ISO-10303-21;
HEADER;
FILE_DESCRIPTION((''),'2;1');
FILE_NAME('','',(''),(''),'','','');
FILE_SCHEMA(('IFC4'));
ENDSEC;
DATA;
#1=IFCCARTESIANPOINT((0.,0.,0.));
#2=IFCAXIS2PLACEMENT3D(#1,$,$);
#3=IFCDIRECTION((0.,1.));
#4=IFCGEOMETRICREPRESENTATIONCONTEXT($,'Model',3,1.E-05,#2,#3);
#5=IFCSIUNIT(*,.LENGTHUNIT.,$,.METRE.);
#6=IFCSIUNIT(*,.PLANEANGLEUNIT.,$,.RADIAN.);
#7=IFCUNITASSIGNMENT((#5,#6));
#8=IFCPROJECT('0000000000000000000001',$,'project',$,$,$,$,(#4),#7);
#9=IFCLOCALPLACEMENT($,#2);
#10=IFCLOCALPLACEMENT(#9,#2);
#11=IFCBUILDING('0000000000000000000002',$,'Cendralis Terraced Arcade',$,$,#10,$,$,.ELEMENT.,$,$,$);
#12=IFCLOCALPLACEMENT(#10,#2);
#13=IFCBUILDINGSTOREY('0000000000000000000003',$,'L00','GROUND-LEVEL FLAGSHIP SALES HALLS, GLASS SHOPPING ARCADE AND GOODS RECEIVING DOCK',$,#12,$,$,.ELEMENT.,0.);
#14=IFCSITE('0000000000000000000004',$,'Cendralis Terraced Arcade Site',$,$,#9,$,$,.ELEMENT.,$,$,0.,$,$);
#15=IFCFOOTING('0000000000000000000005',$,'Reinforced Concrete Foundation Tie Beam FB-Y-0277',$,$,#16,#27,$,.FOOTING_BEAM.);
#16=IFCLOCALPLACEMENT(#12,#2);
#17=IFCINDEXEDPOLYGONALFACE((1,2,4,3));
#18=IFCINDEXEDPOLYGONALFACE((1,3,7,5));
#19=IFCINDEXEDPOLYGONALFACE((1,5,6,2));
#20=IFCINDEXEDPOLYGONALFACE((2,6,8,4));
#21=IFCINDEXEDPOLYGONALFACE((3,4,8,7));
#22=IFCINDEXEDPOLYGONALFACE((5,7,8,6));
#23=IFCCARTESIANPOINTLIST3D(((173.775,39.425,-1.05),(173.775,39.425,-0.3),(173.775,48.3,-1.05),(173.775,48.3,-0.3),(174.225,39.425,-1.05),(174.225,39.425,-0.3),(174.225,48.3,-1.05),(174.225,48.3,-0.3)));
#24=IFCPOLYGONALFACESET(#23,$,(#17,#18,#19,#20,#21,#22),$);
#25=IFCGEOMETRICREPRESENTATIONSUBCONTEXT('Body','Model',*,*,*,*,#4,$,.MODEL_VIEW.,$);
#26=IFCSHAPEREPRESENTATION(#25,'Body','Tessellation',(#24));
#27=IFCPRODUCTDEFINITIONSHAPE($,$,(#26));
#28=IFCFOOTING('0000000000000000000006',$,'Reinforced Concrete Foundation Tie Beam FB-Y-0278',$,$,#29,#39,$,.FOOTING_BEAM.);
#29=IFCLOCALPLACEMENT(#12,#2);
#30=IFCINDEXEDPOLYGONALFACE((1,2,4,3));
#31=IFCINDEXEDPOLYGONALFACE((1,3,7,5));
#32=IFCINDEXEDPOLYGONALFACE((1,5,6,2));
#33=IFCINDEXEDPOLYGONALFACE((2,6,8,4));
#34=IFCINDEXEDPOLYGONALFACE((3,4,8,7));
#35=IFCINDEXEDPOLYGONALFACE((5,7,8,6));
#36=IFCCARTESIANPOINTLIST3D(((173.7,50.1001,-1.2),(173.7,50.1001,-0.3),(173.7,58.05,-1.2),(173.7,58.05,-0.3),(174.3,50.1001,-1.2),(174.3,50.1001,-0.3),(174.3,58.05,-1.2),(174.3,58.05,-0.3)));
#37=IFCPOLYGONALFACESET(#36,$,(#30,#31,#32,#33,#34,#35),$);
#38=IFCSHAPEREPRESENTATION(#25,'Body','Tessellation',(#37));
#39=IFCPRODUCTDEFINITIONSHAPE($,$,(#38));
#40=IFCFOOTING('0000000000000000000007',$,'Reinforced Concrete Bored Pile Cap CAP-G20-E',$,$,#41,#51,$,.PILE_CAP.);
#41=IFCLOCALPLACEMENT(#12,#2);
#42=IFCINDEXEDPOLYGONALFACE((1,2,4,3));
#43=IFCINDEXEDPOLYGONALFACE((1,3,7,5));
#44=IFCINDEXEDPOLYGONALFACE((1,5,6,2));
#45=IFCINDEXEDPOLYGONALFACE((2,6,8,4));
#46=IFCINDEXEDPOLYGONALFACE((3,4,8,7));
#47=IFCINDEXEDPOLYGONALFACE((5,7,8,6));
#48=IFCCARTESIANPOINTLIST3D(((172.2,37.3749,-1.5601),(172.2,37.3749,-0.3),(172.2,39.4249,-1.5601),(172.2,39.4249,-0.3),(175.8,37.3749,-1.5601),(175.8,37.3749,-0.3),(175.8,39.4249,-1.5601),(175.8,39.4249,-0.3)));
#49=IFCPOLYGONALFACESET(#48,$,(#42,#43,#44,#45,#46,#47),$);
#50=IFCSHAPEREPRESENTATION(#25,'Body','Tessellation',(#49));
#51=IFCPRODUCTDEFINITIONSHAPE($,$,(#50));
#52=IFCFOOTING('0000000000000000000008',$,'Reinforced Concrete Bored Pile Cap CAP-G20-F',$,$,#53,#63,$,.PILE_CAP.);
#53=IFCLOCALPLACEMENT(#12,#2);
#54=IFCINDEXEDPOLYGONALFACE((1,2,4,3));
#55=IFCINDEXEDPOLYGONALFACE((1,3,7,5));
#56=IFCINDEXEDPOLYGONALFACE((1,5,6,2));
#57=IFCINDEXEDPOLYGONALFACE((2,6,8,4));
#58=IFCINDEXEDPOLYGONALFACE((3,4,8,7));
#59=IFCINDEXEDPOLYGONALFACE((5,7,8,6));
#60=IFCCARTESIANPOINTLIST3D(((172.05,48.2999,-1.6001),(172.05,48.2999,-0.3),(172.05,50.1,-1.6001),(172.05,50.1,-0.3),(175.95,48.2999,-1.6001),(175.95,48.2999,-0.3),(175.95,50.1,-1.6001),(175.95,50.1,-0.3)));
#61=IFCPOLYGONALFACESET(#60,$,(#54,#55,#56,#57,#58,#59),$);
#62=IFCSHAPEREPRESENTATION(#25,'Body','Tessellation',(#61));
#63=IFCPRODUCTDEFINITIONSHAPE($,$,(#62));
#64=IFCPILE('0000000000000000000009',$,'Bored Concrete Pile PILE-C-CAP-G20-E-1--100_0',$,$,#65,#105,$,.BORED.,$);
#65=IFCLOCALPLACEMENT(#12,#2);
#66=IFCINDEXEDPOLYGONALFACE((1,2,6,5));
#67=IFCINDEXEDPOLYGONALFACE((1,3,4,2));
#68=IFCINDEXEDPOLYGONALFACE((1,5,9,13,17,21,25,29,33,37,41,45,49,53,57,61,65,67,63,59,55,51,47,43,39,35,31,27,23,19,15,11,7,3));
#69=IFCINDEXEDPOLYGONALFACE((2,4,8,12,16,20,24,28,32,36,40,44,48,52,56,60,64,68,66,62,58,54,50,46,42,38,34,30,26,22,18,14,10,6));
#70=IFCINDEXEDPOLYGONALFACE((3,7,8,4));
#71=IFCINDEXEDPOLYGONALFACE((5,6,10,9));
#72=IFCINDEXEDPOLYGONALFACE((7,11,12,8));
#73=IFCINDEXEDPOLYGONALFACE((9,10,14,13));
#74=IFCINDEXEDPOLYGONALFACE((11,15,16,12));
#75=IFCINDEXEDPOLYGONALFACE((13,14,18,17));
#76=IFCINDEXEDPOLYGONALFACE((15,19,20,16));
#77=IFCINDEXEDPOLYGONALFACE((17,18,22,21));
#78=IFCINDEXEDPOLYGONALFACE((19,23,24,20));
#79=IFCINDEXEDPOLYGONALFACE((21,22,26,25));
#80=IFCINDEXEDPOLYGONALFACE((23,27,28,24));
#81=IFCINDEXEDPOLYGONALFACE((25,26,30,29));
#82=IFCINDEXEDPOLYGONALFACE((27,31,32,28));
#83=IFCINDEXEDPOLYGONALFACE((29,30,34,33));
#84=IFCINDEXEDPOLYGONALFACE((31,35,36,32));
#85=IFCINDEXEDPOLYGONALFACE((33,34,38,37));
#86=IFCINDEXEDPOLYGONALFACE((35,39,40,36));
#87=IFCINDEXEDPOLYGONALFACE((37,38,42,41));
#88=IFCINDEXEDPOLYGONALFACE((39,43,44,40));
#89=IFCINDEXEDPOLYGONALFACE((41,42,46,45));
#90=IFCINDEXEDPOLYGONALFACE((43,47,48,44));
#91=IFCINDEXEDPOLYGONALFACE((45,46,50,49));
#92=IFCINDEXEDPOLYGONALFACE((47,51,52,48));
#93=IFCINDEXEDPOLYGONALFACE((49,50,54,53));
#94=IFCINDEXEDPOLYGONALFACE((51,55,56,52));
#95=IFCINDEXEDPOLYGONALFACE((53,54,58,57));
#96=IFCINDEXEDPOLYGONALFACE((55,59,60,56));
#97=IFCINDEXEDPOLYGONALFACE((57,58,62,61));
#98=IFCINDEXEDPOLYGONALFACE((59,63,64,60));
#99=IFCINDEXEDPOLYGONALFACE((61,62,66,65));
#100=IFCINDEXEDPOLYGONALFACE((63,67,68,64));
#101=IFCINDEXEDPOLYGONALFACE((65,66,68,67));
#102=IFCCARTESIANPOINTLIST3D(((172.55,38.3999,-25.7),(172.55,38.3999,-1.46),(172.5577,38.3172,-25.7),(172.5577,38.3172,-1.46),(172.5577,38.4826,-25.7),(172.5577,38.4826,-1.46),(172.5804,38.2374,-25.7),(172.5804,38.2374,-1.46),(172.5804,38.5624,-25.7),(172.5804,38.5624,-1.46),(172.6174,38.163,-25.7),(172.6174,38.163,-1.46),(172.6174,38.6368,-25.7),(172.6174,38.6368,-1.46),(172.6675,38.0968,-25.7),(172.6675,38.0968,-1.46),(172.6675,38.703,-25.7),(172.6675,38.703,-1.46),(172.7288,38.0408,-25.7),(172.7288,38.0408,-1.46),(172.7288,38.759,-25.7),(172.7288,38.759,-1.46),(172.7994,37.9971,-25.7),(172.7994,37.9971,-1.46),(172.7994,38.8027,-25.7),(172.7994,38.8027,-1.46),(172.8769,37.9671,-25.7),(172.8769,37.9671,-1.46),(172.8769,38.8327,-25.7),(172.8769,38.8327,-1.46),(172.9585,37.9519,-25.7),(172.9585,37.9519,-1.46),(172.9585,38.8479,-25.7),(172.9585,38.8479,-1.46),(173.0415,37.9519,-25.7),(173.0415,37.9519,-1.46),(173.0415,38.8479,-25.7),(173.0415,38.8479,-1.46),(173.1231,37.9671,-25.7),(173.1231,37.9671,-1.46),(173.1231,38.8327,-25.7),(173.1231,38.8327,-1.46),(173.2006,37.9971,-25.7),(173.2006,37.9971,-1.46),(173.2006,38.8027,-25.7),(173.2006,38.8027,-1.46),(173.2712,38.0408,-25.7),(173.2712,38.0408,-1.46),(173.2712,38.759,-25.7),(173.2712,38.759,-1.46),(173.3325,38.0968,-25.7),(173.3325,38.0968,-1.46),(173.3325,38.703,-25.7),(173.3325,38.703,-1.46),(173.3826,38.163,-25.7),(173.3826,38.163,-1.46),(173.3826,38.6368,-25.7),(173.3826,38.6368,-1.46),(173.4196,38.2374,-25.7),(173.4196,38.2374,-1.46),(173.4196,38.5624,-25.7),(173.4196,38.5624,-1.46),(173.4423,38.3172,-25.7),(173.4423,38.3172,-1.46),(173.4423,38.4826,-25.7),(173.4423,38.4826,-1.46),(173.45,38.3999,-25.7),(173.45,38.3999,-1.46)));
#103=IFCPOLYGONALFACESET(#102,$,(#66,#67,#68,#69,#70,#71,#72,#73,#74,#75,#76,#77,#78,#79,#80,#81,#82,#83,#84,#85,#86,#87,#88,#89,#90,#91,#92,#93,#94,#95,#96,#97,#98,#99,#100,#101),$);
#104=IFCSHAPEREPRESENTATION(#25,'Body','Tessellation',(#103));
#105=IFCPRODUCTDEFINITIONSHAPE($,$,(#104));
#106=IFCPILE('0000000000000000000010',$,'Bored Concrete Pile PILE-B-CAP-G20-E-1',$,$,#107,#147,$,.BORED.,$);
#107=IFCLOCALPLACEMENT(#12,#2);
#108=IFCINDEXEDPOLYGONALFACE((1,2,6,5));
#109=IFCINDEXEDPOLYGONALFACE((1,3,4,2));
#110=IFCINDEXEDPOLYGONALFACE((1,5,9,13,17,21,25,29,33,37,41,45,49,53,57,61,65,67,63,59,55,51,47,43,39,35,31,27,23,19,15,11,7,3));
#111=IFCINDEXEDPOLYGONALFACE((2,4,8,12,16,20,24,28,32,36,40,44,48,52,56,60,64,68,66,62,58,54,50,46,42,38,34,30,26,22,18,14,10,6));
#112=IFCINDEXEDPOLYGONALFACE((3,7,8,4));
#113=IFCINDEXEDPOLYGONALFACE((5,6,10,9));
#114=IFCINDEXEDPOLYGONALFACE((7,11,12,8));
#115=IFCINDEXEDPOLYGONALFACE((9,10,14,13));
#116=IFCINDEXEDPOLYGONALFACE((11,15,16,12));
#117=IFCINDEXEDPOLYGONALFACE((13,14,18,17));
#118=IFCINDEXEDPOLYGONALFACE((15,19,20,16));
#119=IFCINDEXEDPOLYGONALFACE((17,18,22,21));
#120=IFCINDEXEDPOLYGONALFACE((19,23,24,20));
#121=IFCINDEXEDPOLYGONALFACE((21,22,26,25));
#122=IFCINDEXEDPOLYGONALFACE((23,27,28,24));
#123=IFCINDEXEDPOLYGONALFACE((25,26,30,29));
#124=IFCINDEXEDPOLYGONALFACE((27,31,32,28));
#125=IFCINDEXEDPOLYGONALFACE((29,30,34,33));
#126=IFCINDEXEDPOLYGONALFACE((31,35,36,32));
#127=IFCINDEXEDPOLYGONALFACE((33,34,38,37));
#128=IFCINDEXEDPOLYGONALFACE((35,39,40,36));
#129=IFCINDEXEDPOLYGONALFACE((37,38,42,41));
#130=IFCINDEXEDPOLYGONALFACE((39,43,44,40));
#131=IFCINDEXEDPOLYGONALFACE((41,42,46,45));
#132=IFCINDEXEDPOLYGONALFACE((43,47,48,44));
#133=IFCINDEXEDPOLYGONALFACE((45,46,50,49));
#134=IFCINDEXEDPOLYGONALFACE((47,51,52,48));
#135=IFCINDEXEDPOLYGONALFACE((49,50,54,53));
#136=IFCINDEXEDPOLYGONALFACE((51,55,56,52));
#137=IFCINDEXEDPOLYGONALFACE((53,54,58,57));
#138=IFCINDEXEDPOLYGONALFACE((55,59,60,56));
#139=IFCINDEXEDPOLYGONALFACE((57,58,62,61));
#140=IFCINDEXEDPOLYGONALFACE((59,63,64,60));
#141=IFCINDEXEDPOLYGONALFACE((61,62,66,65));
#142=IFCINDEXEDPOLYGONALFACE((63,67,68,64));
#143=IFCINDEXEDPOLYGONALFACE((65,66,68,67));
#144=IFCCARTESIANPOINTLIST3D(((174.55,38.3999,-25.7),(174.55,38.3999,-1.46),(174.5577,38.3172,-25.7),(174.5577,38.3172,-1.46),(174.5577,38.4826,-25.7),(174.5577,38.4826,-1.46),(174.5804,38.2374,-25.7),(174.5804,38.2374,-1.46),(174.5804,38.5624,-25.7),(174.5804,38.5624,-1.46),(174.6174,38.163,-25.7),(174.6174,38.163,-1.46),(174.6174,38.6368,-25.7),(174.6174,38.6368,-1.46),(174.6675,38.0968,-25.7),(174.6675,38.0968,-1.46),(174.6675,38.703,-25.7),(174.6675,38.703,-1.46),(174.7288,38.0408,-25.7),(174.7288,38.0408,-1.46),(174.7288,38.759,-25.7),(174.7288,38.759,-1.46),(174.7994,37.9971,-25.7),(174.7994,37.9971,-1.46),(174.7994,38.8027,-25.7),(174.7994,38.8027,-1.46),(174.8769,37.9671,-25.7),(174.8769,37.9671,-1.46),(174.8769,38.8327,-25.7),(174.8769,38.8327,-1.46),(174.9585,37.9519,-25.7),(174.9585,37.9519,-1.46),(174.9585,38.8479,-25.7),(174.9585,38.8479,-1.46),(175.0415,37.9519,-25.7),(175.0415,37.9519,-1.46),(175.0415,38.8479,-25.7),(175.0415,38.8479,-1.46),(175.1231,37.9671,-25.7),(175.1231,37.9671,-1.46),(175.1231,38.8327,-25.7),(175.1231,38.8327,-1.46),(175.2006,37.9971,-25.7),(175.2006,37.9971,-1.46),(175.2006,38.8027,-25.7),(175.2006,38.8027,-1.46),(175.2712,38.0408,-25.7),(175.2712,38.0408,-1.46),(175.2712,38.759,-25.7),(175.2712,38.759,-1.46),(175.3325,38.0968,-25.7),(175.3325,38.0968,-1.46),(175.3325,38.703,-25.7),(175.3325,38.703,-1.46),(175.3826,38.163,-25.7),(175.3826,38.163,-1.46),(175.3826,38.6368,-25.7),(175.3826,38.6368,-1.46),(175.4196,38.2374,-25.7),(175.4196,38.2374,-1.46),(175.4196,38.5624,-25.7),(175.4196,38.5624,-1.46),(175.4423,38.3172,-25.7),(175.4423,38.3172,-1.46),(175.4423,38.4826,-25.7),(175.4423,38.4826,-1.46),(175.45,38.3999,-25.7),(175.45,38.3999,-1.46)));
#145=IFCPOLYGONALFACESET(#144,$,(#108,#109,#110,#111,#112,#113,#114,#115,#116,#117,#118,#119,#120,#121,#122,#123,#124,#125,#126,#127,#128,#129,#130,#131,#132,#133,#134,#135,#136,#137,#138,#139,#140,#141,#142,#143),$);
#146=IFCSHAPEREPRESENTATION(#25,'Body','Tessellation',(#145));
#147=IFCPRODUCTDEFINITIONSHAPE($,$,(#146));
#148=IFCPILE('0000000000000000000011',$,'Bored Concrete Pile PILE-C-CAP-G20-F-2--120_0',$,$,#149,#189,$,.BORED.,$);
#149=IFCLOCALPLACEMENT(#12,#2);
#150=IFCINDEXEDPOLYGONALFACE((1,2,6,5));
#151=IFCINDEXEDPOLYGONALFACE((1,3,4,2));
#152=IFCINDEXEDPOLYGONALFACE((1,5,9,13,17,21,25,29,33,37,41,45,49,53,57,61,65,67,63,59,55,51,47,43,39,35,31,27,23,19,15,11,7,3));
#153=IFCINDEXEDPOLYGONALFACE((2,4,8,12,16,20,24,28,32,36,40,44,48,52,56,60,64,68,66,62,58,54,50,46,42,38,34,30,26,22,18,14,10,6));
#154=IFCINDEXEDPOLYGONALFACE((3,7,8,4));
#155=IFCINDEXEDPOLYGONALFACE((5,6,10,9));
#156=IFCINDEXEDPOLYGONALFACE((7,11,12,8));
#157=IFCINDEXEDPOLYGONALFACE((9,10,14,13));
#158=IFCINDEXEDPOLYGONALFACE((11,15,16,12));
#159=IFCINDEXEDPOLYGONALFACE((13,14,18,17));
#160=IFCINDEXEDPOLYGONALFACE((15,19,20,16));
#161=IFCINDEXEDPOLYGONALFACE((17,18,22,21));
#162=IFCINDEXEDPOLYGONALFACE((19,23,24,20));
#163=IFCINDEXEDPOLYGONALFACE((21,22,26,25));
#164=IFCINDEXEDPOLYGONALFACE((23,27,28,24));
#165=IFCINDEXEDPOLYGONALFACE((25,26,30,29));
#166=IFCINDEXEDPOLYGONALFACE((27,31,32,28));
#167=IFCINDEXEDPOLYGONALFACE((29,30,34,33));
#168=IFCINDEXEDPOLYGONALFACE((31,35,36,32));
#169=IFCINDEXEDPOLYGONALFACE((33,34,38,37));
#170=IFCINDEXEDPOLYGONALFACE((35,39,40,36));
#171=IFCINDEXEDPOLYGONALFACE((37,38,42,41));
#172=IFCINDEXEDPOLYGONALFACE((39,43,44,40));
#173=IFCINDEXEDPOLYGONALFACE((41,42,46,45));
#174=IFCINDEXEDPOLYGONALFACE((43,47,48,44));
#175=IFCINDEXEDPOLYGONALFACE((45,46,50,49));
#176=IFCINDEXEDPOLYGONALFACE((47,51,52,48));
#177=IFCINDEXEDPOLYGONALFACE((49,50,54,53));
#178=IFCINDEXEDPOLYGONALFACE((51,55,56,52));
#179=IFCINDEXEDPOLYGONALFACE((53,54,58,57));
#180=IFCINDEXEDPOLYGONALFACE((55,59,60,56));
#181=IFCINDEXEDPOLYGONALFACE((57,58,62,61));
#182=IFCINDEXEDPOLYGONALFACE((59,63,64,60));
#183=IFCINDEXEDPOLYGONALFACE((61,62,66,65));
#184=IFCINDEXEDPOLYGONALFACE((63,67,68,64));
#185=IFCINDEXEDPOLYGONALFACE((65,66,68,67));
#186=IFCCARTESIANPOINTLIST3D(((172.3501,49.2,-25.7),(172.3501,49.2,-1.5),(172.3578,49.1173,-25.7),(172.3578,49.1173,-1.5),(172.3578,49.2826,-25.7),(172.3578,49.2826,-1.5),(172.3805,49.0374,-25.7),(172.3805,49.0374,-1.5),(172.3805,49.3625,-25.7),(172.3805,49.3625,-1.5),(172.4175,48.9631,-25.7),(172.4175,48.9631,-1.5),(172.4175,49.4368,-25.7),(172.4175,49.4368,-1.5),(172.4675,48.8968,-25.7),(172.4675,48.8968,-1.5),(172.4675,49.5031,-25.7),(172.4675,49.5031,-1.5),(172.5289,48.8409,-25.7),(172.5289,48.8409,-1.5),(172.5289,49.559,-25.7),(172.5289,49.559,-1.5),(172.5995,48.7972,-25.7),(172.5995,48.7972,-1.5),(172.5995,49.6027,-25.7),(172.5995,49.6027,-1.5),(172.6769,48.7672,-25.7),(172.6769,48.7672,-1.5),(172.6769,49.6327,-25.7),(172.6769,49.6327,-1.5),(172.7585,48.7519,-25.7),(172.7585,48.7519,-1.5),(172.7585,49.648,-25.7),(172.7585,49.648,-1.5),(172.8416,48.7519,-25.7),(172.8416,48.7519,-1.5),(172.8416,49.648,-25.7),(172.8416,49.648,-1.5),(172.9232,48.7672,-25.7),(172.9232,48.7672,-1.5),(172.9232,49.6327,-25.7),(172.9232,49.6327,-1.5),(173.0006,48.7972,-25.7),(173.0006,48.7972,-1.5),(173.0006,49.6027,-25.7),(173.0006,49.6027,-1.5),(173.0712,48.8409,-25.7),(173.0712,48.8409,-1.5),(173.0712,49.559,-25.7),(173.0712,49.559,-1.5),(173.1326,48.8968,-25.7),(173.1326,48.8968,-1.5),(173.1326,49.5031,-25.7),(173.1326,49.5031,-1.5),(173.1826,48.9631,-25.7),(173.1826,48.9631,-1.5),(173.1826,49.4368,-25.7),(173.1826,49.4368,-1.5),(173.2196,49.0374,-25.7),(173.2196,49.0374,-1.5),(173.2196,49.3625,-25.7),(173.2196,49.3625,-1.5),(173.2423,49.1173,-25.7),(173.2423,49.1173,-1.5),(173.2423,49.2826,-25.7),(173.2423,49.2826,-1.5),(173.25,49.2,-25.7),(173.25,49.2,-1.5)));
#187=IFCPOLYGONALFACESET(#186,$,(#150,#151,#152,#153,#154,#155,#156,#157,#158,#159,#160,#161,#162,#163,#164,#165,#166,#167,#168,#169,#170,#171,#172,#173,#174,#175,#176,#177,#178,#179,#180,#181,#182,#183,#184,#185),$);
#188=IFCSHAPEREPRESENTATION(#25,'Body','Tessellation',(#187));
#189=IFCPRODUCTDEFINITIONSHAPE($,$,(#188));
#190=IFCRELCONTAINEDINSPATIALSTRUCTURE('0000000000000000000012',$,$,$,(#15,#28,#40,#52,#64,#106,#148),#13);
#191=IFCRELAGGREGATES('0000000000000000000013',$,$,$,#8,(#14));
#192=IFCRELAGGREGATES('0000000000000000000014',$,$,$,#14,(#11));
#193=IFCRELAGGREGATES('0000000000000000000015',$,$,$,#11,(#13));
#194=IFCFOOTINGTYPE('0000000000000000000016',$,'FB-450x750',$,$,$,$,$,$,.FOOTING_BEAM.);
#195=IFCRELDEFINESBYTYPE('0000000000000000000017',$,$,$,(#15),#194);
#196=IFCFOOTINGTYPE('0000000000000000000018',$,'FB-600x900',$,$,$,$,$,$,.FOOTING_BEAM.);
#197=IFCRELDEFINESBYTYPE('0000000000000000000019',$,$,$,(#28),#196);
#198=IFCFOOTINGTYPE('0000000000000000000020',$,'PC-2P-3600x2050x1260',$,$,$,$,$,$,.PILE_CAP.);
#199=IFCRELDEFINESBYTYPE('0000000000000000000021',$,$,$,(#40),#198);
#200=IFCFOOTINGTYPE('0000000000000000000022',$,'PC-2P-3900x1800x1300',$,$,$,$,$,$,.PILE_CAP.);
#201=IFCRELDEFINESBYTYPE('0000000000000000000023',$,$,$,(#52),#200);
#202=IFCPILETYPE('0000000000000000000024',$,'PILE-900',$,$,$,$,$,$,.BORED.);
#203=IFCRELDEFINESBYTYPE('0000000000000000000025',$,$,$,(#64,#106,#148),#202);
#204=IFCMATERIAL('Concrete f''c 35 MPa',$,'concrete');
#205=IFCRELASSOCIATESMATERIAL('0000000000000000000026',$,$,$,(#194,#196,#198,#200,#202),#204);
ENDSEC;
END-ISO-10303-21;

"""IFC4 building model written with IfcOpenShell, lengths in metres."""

from ifc_helpers import new_model, si_unit, direction, frame, origin, origin_2d, place, context, subcontext, project, spatial, rectangle, circle, extrude, material, material_profile, profile_set, type_object, element, save


model = new_model("IFC4")

# Units and contexts
model_context = context("Model", 3, precision=1e-05, world=origin(), true_north=direction((0.0, 1.0)))
body_context = subcontext(model_context, "Body", "Model", "MODEL_VIEW")
ifc_project = project(units=[si_unit("LENGTHUNIT", "METRE"), si_unit("PLANEANGLEUNIT", "RADIAN")], contexts=[model_context])

# Site, building, storey
site_placement = place(None, origin())
site = spatial("IfcSite", under=ifc_project, at=site_placement, Name="Cendralis Terraced Arcade Site", CompositionType="ELEMENT", RefElevation=0.0)
building_placement = place(site_placement, origin())
building = spatial("IfcBuilding", under=site, at=building_placement, Name="Cendralis Terraced Arcade", CompositionType="ELEMENT")
storey_placement = place(building_placement, origin())
storey = spatial("IfcBuildingStorey", under=building, at=storey_placement, Name="L00", Description="GROUND-LEVEL FLAGSHIP SALES HALLS, GLASS SHOPPING ARCADE AND GOODS RECEIVING DOCK", CompositionType="ELEMENT", Elevation=0.0)

# Footings
ifc_material_1 = material(Name="Concrete f'c 35 MPa", Category="concrete")
ifc_material_profile_1 = material_profile(ifc_material_1, rectangle(XDim=0.45, YDim=0.75, at=origin_2d()), Name="FB-450x750", Category="LoadBearing")
ifc_profile_set_1 = profile_set([ifc_material_profile_1], Name="Concrete f'c 35 MPa")
footing_type_1 = type_object("IfcFootingType", Name="FB-450x750", PredefinedType="FOOTING_BEAM", material=ifc_profile_set_1)
footing_1_placement = place(storey_placement, frame((174.0, 39.425, -0.675), z_axis=(0.0, 1.0, 0.0), x_axis=(-1.0, 0.0, 0.0)))
element("IfcFooting", 1, at=footing_1_placement, inside=storey, type_object=footing_type_1, Name="Reinforced Concrete Foundation Tie Beam FB-Y-0277", PredefinedType="FOOTING_BEAM", context=body_context, shape_type="SweptSolid", body=[
    extrude(rectangle(XDim=0.45, YDim=0.75, at=origin_2d()), origin(), (0.0, 0.0, 1.0), 8.875),
])
ifc_material_profile_2 = material_profile(ifc_material_1, rectangle(XDim=0.6001, YDim=0.8999, at=origin_2d()), Name="FB-600x900", Category="LoadBearing")
ifc_profile_set_2 = profile_set([ifc_material_profile_2], Name="Concrete f'c 35 MPa")
footing_type_2 = type_object("IfcFootingType", Name="FB-600x900", PredefinedType="FOOTING_BEAM", material=ifc_profile_set_2)
footing_2_placement = place(storey_placement, frame((174.0, 50.1001, -0.75), z_axis=(0.0, 1.0, 0.0), x_axis=(-1.0, 0.0, 0.0)))
element("IfcFooting", 2, at=footing_2_placement, inside=storey, type_object=footing_type_2, Name="Reinforced Concrete Foundation Tie Beam FB-Y-0278", PredefinedType="FOOTING_BEAM", context=body_context, shape_type="SweptSolid", body=[
    extrude(rectangle(XDim=0.6001, YDim=0.8999, at=origin_2d()), origin(), (0.0, 0.0, 1.0), 7.95),
])
footing_type_3 = type_object("IfcFootingType", Name="PC-2P-3600x2050x1260", PredefinedType="PILE_CAP", material=ifc_material_1)
footing_3_placement = place(storey_placement, frame((174.0, 38.3999, -1.5601), z_axis=(0.0, 0.0, 1.0), x_axis=(1.0, 0.0, 0.0)))
element("IfcFooting", 3, at=footing_3_placement, inside=storey, type_object=footing_type_3, Name="Reinforced Concrete Bored Pile Cap CAP-G20-E", PredefinedType="PILE_CAP", context=body_context, shape_type="SweptSolid", body=[
    extrude(rectangle(XDim=3.6001, YDim=2.05, at=origin_2d()), origin(), (0.0, 0.0, 1.0), 1.26),
])
footing_type_4 = type_object("IfcFootingType", Name="PC-2P-3900x1800x1300", PredefinedType="PILE_CAP", material=ifc_material_1)
footing_4_placement = place(storey_placement, frame((174.0, 49.2, -1.6001), z_axis=(0.0, 0.0, 1.0), x_axis=(1.0, 0.0, 0.0)))
element("IfcFooting", 4, at=footing_4_placement, inside=storey, type_object=footing_type_4, Name="Reinforced Concrete Bored Pile Cap CAP-G20-F", PredefinedType="PILE_CAP", context=body_context, shape_type="SweptSolid", body=[
    extrude(rectangle(XDim=3.8999, YDim=1.8, at=origin_2d()), origin(), (0.0, 0.0, 1.0), 1.3),
])

# Piles
ifc_material_profile_3 = material_profile(ifc_material_1, circle(Radius=0.45, at=origin_2d()), Name="PILE-D900", Category="LoadBearing")
ifc_profile_set_3 = profile_set([ifc_material_profile_3], Name="Concrete f'c 35 MPa")
pile_type = type_object("IfcPileType", Name="PILE-900", PredefinedType="BORED", material=ifc_profile_set_3)
for number, where, z_axis, x_axis, name in (
    (5, (173.0, 38.3999, -1.46), (0.0, 0.0, -1.0), (1.0, 0.0, 0.0), "Bored Concrete Pile PILE-C-CAP-G20-E-1--100_0"),
    (6, (175.0, 38.3999, -1.46), (0.0, 0.0, -1.0), (1.0, 0.0, 0.0), "Bored Concrete Pile PILE-B-CAP-G20-E-1"),
):
    element("IfcPile", number, at=place(storey_placement, frame(where, z_axis=z_axis, x_axis=x_axis)), inside=storey, type_object=pile_type, Name=name, PredefinedType="BORED", context=body_context, shape_type="SweptSolid", body=[
        extrude(circle(Radius=0.45, at=origin_2d()), origin(), (0.0, 0.0, 1.0), 24.24),
    ])
for number, where, z_axis, x_axis, name in (
    (7, (172.8, 49.2, -1.5), (0.0, 0.0, -1.0), (1.0, 0.0, 0.0), "Bored Concrete Pile PILE-C-CAP-G20-F-2--120_0"),
):
    element("IfcPile", number, at=place(storey_placement, frame(where, z_axis=z_axis, x_axis=x_axis)), inside=storey, type_object=pile_type, Name=name, PredefinedType="BORED", context=body_context, shape_type="SweptSolid", body=[
        extrude(circle(Radius=0.45, at=origin_2d()), origin(), (0.0, 0.0, 1.0), 24.2),
    ])

save(model, "model.ifc")
